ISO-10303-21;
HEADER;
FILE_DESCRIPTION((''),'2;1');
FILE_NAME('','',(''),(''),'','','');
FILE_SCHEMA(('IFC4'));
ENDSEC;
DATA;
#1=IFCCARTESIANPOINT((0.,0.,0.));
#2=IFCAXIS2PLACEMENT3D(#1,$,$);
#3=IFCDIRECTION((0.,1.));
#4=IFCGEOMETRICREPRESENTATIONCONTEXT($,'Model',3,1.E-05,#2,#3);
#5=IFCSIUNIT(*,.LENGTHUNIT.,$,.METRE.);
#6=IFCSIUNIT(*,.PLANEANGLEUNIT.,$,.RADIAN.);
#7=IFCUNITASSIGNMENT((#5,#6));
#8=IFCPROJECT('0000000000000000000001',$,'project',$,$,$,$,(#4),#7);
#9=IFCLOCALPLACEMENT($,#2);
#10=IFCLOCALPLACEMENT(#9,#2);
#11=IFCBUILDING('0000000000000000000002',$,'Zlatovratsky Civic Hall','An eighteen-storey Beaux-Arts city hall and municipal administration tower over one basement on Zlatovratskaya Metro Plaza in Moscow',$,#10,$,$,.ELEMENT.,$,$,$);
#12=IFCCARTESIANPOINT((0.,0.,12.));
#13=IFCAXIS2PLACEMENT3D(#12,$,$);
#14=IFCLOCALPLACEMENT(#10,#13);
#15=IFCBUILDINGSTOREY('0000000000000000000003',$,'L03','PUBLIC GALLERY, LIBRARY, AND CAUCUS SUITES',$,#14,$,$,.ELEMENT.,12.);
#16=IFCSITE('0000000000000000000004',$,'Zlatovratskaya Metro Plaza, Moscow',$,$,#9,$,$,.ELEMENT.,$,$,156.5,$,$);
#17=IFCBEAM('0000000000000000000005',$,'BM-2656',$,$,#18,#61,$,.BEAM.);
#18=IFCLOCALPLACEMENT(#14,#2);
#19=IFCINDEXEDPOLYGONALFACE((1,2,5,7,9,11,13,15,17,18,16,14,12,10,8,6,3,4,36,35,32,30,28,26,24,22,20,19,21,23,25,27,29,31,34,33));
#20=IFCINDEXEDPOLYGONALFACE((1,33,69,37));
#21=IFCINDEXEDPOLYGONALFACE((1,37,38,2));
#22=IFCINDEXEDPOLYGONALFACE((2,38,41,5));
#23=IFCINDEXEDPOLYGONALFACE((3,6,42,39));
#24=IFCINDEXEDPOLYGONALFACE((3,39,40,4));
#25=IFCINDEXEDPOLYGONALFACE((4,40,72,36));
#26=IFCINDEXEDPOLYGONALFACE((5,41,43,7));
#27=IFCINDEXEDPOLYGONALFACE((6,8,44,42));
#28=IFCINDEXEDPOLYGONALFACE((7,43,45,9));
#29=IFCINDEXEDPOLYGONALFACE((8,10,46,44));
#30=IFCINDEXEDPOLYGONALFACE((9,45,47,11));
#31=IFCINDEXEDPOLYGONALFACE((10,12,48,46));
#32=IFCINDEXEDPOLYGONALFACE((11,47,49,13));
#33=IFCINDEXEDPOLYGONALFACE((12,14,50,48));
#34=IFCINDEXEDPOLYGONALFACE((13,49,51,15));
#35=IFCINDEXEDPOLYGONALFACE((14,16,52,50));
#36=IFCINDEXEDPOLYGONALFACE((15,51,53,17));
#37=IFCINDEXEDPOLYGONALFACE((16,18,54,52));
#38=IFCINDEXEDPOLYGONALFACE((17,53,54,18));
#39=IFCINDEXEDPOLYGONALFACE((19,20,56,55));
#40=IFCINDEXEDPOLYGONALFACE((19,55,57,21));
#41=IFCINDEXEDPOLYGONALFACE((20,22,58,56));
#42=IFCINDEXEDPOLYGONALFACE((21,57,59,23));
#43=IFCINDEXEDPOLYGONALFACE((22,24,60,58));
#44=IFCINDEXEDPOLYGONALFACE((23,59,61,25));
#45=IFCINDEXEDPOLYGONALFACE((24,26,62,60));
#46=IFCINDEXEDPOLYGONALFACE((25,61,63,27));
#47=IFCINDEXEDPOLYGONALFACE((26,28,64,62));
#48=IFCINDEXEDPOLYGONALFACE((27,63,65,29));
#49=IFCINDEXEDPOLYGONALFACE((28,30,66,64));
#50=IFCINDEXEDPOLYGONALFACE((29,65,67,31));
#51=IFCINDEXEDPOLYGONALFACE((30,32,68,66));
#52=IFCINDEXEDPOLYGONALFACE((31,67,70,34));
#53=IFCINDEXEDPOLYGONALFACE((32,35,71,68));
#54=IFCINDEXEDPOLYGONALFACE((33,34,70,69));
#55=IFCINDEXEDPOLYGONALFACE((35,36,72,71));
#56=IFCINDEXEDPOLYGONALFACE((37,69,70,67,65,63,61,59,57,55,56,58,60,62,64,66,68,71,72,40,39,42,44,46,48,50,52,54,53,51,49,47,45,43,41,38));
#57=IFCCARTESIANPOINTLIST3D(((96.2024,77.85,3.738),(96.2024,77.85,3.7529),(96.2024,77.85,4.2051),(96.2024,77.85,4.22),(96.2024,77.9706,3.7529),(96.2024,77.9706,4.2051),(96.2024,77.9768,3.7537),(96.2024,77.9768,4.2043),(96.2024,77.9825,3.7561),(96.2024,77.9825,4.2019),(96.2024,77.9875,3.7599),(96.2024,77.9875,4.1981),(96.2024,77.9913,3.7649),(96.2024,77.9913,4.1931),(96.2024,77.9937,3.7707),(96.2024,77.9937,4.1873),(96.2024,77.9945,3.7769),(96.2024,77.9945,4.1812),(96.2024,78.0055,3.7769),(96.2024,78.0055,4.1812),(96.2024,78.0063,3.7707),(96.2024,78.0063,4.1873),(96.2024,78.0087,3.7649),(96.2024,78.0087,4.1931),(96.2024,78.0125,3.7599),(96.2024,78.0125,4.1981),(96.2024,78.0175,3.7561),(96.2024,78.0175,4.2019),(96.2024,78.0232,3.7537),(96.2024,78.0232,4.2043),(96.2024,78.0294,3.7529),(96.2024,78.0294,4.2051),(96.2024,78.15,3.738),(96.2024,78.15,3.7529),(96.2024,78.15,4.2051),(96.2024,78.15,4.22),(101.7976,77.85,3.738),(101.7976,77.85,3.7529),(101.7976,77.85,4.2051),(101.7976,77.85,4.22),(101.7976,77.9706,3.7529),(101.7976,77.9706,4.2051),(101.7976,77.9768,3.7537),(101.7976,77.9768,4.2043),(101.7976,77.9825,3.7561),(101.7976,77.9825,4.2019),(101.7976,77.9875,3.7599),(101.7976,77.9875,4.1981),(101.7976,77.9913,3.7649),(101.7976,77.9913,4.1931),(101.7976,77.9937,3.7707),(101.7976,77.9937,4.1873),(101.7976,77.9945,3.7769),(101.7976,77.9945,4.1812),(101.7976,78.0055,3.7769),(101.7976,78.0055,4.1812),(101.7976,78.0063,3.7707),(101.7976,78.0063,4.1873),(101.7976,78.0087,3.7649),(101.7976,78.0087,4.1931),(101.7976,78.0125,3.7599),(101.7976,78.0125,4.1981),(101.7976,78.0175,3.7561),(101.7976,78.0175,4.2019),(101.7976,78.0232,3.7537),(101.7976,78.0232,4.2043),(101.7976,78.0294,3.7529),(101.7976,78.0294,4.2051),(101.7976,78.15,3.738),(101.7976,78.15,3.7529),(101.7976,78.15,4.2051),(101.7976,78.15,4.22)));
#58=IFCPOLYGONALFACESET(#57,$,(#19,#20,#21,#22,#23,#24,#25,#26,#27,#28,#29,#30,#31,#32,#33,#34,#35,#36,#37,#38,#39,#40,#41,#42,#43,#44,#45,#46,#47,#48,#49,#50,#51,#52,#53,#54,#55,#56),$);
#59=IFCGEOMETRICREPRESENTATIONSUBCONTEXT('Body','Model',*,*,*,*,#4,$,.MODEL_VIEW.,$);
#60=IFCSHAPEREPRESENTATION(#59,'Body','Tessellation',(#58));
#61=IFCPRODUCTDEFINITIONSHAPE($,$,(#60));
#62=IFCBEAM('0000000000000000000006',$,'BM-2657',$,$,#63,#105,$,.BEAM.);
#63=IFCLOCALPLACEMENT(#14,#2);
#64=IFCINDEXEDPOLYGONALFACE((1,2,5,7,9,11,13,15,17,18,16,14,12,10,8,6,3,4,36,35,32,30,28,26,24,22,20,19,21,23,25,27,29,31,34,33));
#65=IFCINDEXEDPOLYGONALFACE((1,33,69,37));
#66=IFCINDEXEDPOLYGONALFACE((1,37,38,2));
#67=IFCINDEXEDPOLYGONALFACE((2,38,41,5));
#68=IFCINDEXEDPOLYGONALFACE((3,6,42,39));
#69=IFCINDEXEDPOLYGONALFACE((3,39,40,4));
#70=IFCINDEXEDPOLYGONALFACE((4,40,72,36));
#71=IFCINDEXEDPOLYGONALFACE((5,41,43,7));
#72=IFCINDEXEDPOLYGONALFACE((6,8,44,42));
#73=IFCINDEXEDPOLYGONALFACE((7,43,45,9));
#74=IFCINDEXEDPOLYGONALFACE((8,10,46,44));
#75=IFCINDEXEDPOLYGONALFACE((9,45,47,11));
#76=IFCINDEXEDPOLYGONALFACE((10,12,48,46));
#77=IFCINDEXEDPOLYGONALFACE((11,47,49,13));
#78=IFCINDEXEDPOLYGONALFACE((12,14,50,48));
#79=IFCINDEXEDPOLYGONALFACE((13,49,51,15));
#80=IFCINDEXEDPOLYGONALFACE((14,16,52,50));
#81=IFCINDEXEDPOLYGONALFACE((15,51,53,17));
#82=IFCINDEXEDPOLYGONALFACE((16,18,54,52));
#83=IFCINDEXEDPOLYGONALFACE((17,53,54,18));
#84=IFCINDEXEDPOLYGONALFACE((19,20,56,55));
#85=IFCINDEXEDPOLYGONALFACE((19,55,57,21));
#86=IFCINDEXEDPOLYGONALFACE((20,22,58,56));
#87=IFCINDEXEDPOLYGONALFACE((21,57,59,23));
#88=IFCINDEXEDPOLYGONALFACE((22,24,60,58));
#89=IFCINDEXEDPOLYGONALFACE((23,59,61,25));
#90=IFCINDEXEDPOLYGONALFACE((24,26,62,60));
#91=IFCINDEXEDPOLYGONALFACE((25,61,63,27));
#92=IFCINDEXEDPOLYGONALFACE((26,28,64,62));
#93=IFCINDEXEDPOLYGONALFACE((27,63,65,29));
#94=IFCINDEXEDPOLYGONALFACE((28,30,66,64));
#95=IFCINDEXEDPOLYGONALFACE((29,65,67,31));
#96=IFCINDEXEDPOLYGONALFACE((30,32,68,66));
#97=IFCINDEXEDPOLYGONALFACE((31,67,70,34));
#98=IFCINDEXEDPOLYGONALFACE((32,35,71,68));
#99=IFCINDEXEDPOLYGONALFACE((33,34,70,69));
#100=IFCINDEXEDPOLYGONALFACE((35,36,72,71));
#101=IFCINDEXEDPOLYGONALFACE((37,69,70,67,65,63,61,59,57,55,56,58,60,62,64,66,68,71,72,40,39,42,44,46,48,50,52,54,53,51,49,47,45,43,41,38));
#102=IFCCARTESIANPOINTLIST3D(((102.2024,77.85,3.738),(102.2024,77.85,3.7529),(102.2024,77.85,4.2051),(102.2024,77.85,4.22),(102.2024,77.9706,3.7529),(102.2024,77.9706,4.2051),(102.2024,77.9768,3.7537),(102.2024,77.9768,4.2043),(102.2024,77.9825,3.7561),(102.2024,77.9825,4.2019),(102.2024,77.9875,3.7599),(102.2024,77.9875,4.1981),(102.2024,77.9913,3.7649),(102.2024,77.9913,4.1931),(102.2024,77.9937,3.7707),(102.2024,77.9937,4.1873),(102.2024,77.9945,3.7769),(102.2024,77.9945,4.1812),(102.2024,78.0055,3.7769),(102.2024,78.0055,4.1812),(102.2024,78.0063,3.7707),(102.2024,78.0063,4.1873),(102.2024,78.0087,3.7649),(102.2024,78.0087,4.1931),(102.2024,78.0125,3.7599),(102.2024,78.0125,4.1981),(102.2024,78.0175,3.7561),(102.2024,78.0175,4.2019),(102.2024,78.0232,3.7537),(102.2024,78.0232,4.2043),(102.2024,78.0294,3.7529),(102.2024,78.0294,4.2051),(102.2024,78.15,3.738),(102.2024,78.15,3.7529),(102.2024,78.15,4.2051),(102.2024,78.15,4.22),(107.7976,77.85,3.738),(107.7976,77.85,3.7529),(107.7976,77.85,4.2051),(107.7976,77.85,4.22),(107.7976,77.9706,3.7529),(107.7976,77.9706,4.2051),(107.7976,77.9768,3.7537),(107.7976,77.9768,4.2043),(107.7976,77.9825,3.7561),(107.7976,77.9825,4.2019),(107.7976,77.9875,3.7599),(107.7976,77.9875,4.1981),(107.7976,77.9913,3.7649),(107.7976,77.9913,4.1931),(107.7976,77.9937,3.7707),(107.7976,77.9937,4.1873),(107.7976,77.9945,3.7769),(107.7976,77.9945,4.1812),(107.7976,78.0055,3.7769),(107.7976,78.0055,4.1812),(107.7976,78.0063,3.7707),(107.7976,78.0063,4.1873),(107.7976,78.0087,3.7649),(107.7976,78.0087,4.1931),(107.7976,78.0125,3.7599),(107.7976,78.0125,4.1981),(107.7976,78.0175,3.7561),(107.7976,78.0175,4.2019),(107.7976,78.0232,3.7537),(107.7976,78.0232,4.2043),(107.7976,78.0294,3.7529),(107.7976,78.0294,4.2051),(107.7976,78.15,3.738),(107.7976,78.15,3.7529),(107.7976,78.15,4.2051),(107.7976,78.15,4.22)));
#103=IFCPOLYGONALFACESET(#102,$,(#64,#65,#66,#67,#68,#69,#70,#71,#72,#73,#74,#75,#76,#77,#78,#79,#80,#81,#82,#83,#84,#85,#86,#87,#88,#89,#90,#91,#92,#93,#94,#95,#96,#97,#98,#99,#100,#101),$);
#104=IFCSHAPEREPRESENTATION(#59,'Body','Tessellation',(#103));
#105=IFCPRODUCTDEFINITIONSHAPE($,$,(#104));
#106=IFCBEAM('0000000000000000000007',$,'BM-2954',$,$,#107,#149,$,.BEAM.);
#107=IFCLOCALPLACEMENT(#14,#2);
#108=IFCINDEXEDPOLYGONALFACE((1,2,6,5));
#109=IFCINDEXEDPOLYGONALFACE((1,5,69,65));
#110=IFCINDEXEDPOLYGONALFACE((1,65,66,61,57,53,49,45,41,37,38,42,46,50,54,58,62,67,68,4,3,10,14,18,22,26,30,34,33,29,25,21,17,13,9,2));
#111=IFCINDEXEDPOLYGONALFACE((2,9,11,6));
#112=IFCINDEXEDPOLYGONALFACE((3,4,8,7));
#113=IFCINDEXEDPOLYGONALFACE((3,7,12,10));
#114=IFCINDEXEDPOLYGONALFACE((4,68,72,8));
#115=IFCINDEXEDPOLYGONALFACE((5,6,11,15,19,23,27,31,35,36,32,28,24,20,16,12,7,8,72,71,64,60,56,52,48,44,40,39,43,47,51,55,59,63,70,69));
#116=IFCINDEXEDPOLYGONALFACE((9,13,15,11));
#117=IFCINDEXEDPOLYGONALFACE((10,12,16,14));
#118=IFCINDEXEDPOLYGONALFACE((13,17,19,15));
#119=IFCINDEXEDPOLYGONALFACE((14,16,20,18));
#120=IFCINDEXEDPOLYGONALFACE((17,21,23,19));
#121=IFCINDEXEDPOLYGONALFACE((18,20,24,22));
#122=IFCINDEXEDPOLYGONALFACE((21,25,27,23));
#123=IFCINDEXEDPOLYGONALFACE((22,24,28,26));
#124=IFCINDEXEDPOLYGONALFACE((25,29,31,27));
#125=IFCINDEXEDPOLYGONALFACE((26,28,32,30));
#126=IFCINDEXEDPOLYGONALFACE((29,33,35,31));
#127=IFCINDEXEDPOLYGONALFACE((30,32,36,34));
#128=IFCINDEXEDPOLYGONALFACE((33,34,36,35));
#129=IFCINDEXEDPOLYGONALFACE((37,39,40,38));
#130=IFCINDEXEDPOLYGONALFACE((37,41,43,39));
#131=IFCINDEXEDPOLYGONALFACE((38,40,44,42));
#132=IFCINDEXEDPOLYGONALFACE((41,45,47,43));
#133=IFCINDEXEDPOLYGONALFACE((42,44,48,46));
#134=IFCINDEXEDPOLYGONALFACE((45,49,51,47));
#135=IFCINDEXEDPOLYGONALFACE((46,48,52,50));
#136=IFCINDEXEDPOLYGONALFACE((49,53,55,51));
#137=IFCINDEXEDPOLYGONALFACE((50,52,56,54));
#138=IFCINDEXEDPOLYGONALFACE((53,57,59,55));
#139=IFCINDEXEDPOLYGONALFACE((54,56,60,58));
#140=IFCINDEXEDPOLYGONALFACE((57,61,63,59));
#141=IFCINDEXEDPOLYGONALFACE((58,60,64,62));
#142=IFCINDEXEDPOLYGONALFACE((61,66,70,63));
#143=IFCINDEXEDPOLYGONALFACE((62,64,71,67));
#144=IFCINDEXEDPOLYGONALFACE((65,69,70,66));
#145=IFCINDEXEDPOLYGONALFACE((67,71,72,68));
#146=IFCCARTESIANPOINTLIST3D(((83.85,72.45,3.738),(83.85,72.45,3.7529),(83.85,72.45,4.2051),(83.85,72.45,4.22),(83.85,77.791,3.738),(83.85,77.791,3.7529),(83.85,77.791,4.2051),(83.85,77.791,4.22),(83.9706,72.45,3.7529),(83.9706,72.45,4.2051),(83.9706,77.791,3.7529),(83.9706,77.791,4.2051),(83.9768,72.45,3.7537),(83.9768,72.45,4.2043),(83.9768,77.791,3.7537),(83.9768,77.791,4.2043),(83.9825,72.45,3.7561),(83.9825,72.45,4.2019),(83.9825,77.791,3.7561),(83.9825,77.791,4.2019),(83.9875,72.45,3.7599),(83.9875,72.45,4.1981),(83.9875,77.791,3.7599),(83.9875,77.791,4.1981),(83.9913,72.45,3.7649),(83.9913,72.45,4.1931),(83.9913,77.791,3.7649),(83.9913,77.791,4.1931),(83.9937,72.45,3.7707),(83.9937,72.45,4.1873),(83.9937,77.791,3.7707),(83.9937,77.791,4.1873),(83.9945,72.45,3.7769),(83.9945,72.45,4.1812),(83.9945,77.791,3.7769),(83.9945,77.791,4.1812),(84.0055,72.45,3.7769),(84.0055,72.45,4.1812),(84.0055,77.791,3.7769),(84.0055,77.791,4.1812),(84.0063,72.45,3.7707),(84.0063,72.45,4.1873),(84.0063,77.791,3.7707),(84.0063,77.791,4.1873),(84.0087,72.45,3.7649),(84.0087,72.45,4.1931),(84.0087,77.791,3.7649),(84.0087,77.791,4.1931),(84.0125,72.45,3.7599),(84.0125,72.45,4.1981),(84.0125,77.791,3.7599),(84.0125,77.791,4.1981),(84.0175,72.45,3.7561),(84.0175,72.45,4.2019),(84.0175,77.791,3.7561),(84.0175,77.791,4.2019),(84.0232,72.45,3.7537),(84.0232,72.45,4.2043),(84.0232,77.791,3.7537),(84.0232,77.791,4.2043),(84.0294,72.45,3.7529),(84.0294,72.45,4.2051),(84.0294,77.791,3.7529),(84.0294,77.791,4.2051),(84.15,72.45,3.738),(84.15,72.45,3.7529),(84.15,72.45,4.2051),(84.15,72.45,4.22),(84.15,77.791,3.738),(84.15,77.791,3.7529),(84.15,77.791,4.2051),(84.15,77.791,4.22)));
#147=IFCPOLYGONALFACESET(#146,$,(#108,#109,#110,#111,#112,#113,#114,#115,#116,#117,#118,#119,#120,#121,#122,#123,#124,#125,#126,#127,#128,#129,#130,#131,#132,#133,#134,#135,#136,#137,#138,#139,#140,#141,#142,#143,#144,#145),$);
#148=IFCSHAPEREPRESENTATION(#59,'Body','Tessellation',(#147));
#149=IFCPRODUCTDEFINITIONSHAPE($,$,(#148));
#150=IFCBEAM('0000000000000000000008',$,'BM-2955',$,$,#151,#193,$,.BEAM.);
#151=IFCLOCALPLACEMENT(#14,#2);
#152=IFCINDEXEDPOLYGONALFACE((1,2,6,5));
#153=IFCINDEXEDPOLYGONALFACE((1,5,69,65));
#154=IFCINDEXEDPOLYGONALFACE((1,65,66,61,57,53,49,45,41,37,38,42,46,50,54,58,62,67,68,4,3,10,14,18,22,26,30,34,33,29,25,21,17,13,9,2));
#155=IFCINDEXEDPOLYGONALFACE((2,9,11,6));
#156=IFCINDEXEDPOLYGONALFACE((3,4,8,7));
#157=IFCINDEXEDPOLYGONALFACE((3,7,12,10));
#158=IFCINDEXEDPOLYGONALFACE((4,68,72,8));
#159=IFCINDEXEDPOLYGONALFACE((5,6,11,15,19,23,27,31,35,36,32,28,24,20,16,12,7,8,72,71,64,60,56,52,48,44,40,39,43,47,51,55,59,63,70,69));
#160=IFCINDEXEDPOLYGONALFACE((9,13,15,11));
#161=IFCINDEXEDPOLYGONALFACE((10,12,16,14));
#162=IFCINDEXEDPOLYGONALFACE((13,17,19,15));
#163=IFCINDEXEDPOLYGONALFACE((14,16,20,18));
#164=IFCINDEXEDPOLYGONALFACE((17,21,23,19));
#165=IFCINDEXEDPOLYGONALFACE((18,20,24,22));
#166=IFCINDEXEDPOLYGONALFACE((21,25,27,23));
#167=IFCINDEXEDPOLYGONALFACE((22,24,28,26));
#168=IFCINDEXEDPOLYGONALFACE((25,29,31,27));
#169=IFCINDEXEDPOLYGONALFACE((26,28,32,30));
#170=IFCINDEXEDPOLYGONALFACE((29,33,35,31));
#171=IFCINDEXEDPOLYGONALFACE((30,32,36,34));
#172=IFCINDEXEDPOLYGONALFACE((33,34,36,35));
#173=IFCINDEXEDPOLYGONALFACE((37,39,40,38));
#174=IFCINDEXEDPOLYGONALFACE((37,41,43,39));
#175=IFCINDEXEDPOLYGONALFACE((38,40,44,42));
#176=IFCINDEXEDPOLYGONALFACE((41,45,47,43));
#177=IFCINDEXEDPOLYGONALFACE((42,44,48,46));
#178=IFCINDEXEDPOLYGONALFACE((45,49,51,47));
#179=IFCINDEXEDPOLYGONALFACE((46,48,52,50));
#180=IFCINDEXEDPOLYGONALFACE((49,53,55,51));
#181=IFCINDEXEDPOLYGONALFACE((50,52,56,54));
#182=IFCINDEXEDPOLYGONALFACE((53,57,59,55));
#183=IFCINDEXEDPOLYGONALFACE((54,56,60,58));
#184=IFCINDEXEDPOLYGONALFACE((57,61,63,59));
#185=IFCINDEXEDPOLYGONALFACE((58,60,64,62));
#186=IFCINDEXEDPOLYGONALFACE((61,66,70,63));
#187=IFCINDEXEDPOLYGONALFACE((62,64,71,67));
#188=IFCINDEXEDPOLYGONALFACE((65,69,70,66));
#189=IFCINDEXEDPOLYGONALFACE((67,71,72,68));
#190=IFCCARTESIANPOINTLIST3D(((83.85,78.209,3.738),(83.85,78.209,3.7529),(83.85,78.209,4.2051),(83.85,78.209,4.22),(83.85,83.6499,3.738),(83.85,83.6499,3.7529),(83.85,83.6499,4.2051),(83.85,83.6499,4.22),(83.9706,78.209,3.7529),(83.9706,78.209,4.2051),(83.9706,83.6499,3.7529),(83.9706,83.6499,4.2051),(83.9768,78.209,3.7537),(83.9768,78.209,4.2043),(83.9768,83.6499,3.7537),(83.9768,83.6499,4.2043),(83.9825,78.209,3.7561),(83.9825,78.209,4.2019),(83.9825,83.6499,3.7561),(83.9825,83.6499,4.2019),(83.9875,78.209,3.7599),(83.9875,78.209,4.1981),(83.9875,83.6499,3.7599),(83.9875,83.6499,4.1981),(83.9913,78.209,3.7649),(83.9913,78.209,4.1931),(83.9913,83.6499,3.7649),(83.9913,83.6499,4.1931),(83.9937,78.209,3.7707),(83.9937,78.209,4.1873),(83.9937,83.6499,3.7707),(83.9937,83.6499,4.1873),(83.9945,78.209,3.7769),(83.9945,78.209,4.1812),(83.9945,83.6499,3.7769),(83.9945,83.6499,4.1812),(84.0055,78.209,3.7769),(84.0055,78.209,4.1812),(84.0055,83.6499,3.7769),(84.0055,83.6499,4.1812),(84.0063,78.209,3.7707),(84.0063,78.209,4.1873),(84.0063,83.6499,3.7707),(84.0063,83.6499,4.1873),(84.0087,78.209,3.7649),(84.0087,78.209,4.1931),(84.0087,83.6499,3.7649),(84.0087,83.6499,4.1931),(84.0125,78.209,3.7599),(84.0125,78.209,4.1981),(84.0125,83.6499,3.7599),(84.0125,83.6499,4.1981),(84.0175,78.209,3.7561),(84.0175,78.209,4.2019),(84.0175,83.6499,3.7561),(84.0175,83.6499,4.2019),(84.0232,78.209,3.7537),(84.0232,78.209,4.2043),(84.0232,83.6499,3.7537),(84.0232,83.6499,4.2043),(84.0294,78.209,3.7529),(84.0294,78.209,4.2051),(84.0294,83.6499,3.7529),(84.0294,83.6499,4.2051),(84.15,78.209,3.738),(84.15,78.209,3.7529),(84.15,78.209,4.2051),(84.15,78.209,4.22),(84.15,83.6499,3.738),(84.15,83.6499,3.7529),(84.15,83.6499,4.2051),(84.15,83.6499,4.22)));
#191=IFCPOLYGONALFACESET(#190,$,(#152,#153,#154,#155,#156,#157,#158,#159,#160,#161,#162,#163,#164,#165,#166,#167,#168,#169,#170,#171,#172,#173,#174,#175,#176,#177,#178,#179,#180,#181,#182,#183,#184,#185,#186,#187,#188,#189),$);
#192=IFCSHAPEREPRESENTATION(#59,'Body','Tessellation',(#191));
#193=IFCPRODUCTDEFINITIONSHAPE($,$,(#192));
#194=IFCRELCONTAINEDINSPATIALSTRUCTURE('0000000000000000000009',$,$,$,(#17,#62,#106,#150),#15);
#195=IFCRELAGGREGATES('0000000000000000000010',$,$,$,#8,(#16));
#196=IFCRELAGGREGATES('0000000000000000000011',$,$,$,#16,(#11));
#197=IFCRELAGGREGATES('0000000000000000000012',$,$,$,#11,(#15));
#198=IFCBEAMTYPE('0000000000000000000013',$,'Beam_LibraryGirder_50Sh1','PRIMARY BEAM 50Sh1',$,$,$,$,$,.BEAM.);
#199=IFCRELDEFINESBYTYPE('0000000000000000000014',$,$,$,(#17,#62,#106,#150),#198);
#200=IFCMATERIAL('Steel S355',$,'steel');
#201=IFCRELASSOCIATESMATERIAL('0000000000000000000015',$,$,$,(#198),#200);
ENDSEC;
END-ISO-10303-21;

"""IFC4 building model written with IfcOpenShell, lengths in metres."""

from ifc_helpers import new_model, si_unit, direction, frame, origin, origin_2d, place, context, subcontext, project, spatial, i_section, extrude, material, material_profile, profile_set, type_object, element, save


model = new_model("IFC4")

# Units and contexts
model_context = context("Model", 3, precision=1e-05, world=origin(), true_north=direction((0.0, 1.0)))
body_context = subcontext(model_context, "Body", "Model", "MODEL_VIEW")
ifc_project = project(units=[si_unit("LENGTHUNIT", "METRE"), si_unit("PLANEANGLEUNIT", "RADIAN")], contexts=[model_context])

# Site, building, storey
site_placement = place(None, origin())
site = spatial("IfcSite", under=ifc_project, at=site_placement, Name="Zlatovratskaya Metro Plaza, Moscow", CompositionType="ELEMENT", RefElevation=156.5)
building_placement = place(site_placement, origin())
building = spatial("IfcBuilding", under=site, at=building_placement, Name="Zlatovratsky Civic Hall", Description="An eighteen-storey Beaux-Arts city hall and municipal administration tower over one basement on Zlatovratskaya Metro Plaza in Moscow", CompositionType="ELEMENT")
storey_placement = place(building_placement, frame((0.0, 0.0, 12.0)))
storey = spatial("IfcBuildingStorey", under=building, at=storey_placement, Name="L03", Description="PUBLIC GALLERY, LIBRARY, AND CAUCUS SUITES", CompositionType="ELEMENT", Elevation=12.0)

# Shared definitions
ifc_material_1 = material(Name="Steel S355", Category="steel")

# Beams
ifc_material_profile_1 = material_profile(ifc_material_1, i_section(OverallWidth=0.3, OverallDepth=0.4819, WebThickness=0.011, FlangeThickness=0.0149, FilletRadius=0.0239, at=origin_2d()), Name="50Sh1")
ifc_profile_set_1 = profile_set([ifc_material_profile_1], Name="Steel S355")
beam_type = type_object("IfcBeamType", Name="Beam_LibraryGirder_50Sh1", Description="PRIMARY BEAM 50Sh1", PredefinedType="BEAM", material=ifc_profile_set_1)
for number, where, z_axis, x_axis, name in (
    (1, (96.2024, 78.0, 3.979), (1.0, 0.0, 0.0), (0.0, 1.0, 0.0), "BM-2656"),
    (2, (102.2024, 78.0, 3.979), (1.0, 0.0, 0.0), (0.0, 1.0, 0.0), "BM-2657"),
):
    element("IfcBeam", number, at=place(storey_placement, frame(where, z_axis=z_axis, x_axis=x_axis)), inside=storey, type_object=beam_type, Name=name, PredefinedType="BEAM", context=body_context, shape_type="SweptSolid", body=[
        extrude(i_section(OverallWidth=0.3, OverallDepth=0.4819, WebThickness=0.011, FlangeThickness=0.0149, FilletRadius=0.0239, at=origin_2d()), origin(), (0.0, 0.0, 1.0), 5.5952),
    ])
beam_1_placement = place(storey_placement, frame((84.0, 72.45, 3.979), z_axis=(0.0, 1.0, 0.0), x_axis=(-1.0, 0.0, 0.0)))
element("IfcBeam", 3, at=beam_1_placement, inside=storey, type_object=beam_type, Name="BM-2954", PredefinedType="BEAM", context=body_context, shape_type="SweptSolid", body=[
    extrude(i_section(OverallWidth=0.3, OverallDepth=0.4819, WebThickness=0.011, FlangeThickness=0.0149, FilletRadius=0.0239, at=origin_2d()), origin(), (0.0, 0.0, 1.0), 5.3411),
])
beam_2_placement = place(storey_placement, frame((84.0, 78.209, 3.979), z_axis=(0.0, 1.0, 0.0), x_axis=(-1.0, 0.0, 0.0)))
element("IfcBeam", 4, at=beam_2_placement, inside=storey, type_object=beam_type, Name="BM-2955", PredefinedType="BEAM", context=body_context, shape_type="SweptSolid", body=[
    extrude(i_section(OverallWidth=0.3, OverallDepth=0.4819, WebThickness=0.011, FlangeThickness=0.0149, FilletRadius=0.0239, at=origin_2d()), origin(), (0.0, 0.0, 1.0), 5.4409),
])

save(model, "model.ifc")
